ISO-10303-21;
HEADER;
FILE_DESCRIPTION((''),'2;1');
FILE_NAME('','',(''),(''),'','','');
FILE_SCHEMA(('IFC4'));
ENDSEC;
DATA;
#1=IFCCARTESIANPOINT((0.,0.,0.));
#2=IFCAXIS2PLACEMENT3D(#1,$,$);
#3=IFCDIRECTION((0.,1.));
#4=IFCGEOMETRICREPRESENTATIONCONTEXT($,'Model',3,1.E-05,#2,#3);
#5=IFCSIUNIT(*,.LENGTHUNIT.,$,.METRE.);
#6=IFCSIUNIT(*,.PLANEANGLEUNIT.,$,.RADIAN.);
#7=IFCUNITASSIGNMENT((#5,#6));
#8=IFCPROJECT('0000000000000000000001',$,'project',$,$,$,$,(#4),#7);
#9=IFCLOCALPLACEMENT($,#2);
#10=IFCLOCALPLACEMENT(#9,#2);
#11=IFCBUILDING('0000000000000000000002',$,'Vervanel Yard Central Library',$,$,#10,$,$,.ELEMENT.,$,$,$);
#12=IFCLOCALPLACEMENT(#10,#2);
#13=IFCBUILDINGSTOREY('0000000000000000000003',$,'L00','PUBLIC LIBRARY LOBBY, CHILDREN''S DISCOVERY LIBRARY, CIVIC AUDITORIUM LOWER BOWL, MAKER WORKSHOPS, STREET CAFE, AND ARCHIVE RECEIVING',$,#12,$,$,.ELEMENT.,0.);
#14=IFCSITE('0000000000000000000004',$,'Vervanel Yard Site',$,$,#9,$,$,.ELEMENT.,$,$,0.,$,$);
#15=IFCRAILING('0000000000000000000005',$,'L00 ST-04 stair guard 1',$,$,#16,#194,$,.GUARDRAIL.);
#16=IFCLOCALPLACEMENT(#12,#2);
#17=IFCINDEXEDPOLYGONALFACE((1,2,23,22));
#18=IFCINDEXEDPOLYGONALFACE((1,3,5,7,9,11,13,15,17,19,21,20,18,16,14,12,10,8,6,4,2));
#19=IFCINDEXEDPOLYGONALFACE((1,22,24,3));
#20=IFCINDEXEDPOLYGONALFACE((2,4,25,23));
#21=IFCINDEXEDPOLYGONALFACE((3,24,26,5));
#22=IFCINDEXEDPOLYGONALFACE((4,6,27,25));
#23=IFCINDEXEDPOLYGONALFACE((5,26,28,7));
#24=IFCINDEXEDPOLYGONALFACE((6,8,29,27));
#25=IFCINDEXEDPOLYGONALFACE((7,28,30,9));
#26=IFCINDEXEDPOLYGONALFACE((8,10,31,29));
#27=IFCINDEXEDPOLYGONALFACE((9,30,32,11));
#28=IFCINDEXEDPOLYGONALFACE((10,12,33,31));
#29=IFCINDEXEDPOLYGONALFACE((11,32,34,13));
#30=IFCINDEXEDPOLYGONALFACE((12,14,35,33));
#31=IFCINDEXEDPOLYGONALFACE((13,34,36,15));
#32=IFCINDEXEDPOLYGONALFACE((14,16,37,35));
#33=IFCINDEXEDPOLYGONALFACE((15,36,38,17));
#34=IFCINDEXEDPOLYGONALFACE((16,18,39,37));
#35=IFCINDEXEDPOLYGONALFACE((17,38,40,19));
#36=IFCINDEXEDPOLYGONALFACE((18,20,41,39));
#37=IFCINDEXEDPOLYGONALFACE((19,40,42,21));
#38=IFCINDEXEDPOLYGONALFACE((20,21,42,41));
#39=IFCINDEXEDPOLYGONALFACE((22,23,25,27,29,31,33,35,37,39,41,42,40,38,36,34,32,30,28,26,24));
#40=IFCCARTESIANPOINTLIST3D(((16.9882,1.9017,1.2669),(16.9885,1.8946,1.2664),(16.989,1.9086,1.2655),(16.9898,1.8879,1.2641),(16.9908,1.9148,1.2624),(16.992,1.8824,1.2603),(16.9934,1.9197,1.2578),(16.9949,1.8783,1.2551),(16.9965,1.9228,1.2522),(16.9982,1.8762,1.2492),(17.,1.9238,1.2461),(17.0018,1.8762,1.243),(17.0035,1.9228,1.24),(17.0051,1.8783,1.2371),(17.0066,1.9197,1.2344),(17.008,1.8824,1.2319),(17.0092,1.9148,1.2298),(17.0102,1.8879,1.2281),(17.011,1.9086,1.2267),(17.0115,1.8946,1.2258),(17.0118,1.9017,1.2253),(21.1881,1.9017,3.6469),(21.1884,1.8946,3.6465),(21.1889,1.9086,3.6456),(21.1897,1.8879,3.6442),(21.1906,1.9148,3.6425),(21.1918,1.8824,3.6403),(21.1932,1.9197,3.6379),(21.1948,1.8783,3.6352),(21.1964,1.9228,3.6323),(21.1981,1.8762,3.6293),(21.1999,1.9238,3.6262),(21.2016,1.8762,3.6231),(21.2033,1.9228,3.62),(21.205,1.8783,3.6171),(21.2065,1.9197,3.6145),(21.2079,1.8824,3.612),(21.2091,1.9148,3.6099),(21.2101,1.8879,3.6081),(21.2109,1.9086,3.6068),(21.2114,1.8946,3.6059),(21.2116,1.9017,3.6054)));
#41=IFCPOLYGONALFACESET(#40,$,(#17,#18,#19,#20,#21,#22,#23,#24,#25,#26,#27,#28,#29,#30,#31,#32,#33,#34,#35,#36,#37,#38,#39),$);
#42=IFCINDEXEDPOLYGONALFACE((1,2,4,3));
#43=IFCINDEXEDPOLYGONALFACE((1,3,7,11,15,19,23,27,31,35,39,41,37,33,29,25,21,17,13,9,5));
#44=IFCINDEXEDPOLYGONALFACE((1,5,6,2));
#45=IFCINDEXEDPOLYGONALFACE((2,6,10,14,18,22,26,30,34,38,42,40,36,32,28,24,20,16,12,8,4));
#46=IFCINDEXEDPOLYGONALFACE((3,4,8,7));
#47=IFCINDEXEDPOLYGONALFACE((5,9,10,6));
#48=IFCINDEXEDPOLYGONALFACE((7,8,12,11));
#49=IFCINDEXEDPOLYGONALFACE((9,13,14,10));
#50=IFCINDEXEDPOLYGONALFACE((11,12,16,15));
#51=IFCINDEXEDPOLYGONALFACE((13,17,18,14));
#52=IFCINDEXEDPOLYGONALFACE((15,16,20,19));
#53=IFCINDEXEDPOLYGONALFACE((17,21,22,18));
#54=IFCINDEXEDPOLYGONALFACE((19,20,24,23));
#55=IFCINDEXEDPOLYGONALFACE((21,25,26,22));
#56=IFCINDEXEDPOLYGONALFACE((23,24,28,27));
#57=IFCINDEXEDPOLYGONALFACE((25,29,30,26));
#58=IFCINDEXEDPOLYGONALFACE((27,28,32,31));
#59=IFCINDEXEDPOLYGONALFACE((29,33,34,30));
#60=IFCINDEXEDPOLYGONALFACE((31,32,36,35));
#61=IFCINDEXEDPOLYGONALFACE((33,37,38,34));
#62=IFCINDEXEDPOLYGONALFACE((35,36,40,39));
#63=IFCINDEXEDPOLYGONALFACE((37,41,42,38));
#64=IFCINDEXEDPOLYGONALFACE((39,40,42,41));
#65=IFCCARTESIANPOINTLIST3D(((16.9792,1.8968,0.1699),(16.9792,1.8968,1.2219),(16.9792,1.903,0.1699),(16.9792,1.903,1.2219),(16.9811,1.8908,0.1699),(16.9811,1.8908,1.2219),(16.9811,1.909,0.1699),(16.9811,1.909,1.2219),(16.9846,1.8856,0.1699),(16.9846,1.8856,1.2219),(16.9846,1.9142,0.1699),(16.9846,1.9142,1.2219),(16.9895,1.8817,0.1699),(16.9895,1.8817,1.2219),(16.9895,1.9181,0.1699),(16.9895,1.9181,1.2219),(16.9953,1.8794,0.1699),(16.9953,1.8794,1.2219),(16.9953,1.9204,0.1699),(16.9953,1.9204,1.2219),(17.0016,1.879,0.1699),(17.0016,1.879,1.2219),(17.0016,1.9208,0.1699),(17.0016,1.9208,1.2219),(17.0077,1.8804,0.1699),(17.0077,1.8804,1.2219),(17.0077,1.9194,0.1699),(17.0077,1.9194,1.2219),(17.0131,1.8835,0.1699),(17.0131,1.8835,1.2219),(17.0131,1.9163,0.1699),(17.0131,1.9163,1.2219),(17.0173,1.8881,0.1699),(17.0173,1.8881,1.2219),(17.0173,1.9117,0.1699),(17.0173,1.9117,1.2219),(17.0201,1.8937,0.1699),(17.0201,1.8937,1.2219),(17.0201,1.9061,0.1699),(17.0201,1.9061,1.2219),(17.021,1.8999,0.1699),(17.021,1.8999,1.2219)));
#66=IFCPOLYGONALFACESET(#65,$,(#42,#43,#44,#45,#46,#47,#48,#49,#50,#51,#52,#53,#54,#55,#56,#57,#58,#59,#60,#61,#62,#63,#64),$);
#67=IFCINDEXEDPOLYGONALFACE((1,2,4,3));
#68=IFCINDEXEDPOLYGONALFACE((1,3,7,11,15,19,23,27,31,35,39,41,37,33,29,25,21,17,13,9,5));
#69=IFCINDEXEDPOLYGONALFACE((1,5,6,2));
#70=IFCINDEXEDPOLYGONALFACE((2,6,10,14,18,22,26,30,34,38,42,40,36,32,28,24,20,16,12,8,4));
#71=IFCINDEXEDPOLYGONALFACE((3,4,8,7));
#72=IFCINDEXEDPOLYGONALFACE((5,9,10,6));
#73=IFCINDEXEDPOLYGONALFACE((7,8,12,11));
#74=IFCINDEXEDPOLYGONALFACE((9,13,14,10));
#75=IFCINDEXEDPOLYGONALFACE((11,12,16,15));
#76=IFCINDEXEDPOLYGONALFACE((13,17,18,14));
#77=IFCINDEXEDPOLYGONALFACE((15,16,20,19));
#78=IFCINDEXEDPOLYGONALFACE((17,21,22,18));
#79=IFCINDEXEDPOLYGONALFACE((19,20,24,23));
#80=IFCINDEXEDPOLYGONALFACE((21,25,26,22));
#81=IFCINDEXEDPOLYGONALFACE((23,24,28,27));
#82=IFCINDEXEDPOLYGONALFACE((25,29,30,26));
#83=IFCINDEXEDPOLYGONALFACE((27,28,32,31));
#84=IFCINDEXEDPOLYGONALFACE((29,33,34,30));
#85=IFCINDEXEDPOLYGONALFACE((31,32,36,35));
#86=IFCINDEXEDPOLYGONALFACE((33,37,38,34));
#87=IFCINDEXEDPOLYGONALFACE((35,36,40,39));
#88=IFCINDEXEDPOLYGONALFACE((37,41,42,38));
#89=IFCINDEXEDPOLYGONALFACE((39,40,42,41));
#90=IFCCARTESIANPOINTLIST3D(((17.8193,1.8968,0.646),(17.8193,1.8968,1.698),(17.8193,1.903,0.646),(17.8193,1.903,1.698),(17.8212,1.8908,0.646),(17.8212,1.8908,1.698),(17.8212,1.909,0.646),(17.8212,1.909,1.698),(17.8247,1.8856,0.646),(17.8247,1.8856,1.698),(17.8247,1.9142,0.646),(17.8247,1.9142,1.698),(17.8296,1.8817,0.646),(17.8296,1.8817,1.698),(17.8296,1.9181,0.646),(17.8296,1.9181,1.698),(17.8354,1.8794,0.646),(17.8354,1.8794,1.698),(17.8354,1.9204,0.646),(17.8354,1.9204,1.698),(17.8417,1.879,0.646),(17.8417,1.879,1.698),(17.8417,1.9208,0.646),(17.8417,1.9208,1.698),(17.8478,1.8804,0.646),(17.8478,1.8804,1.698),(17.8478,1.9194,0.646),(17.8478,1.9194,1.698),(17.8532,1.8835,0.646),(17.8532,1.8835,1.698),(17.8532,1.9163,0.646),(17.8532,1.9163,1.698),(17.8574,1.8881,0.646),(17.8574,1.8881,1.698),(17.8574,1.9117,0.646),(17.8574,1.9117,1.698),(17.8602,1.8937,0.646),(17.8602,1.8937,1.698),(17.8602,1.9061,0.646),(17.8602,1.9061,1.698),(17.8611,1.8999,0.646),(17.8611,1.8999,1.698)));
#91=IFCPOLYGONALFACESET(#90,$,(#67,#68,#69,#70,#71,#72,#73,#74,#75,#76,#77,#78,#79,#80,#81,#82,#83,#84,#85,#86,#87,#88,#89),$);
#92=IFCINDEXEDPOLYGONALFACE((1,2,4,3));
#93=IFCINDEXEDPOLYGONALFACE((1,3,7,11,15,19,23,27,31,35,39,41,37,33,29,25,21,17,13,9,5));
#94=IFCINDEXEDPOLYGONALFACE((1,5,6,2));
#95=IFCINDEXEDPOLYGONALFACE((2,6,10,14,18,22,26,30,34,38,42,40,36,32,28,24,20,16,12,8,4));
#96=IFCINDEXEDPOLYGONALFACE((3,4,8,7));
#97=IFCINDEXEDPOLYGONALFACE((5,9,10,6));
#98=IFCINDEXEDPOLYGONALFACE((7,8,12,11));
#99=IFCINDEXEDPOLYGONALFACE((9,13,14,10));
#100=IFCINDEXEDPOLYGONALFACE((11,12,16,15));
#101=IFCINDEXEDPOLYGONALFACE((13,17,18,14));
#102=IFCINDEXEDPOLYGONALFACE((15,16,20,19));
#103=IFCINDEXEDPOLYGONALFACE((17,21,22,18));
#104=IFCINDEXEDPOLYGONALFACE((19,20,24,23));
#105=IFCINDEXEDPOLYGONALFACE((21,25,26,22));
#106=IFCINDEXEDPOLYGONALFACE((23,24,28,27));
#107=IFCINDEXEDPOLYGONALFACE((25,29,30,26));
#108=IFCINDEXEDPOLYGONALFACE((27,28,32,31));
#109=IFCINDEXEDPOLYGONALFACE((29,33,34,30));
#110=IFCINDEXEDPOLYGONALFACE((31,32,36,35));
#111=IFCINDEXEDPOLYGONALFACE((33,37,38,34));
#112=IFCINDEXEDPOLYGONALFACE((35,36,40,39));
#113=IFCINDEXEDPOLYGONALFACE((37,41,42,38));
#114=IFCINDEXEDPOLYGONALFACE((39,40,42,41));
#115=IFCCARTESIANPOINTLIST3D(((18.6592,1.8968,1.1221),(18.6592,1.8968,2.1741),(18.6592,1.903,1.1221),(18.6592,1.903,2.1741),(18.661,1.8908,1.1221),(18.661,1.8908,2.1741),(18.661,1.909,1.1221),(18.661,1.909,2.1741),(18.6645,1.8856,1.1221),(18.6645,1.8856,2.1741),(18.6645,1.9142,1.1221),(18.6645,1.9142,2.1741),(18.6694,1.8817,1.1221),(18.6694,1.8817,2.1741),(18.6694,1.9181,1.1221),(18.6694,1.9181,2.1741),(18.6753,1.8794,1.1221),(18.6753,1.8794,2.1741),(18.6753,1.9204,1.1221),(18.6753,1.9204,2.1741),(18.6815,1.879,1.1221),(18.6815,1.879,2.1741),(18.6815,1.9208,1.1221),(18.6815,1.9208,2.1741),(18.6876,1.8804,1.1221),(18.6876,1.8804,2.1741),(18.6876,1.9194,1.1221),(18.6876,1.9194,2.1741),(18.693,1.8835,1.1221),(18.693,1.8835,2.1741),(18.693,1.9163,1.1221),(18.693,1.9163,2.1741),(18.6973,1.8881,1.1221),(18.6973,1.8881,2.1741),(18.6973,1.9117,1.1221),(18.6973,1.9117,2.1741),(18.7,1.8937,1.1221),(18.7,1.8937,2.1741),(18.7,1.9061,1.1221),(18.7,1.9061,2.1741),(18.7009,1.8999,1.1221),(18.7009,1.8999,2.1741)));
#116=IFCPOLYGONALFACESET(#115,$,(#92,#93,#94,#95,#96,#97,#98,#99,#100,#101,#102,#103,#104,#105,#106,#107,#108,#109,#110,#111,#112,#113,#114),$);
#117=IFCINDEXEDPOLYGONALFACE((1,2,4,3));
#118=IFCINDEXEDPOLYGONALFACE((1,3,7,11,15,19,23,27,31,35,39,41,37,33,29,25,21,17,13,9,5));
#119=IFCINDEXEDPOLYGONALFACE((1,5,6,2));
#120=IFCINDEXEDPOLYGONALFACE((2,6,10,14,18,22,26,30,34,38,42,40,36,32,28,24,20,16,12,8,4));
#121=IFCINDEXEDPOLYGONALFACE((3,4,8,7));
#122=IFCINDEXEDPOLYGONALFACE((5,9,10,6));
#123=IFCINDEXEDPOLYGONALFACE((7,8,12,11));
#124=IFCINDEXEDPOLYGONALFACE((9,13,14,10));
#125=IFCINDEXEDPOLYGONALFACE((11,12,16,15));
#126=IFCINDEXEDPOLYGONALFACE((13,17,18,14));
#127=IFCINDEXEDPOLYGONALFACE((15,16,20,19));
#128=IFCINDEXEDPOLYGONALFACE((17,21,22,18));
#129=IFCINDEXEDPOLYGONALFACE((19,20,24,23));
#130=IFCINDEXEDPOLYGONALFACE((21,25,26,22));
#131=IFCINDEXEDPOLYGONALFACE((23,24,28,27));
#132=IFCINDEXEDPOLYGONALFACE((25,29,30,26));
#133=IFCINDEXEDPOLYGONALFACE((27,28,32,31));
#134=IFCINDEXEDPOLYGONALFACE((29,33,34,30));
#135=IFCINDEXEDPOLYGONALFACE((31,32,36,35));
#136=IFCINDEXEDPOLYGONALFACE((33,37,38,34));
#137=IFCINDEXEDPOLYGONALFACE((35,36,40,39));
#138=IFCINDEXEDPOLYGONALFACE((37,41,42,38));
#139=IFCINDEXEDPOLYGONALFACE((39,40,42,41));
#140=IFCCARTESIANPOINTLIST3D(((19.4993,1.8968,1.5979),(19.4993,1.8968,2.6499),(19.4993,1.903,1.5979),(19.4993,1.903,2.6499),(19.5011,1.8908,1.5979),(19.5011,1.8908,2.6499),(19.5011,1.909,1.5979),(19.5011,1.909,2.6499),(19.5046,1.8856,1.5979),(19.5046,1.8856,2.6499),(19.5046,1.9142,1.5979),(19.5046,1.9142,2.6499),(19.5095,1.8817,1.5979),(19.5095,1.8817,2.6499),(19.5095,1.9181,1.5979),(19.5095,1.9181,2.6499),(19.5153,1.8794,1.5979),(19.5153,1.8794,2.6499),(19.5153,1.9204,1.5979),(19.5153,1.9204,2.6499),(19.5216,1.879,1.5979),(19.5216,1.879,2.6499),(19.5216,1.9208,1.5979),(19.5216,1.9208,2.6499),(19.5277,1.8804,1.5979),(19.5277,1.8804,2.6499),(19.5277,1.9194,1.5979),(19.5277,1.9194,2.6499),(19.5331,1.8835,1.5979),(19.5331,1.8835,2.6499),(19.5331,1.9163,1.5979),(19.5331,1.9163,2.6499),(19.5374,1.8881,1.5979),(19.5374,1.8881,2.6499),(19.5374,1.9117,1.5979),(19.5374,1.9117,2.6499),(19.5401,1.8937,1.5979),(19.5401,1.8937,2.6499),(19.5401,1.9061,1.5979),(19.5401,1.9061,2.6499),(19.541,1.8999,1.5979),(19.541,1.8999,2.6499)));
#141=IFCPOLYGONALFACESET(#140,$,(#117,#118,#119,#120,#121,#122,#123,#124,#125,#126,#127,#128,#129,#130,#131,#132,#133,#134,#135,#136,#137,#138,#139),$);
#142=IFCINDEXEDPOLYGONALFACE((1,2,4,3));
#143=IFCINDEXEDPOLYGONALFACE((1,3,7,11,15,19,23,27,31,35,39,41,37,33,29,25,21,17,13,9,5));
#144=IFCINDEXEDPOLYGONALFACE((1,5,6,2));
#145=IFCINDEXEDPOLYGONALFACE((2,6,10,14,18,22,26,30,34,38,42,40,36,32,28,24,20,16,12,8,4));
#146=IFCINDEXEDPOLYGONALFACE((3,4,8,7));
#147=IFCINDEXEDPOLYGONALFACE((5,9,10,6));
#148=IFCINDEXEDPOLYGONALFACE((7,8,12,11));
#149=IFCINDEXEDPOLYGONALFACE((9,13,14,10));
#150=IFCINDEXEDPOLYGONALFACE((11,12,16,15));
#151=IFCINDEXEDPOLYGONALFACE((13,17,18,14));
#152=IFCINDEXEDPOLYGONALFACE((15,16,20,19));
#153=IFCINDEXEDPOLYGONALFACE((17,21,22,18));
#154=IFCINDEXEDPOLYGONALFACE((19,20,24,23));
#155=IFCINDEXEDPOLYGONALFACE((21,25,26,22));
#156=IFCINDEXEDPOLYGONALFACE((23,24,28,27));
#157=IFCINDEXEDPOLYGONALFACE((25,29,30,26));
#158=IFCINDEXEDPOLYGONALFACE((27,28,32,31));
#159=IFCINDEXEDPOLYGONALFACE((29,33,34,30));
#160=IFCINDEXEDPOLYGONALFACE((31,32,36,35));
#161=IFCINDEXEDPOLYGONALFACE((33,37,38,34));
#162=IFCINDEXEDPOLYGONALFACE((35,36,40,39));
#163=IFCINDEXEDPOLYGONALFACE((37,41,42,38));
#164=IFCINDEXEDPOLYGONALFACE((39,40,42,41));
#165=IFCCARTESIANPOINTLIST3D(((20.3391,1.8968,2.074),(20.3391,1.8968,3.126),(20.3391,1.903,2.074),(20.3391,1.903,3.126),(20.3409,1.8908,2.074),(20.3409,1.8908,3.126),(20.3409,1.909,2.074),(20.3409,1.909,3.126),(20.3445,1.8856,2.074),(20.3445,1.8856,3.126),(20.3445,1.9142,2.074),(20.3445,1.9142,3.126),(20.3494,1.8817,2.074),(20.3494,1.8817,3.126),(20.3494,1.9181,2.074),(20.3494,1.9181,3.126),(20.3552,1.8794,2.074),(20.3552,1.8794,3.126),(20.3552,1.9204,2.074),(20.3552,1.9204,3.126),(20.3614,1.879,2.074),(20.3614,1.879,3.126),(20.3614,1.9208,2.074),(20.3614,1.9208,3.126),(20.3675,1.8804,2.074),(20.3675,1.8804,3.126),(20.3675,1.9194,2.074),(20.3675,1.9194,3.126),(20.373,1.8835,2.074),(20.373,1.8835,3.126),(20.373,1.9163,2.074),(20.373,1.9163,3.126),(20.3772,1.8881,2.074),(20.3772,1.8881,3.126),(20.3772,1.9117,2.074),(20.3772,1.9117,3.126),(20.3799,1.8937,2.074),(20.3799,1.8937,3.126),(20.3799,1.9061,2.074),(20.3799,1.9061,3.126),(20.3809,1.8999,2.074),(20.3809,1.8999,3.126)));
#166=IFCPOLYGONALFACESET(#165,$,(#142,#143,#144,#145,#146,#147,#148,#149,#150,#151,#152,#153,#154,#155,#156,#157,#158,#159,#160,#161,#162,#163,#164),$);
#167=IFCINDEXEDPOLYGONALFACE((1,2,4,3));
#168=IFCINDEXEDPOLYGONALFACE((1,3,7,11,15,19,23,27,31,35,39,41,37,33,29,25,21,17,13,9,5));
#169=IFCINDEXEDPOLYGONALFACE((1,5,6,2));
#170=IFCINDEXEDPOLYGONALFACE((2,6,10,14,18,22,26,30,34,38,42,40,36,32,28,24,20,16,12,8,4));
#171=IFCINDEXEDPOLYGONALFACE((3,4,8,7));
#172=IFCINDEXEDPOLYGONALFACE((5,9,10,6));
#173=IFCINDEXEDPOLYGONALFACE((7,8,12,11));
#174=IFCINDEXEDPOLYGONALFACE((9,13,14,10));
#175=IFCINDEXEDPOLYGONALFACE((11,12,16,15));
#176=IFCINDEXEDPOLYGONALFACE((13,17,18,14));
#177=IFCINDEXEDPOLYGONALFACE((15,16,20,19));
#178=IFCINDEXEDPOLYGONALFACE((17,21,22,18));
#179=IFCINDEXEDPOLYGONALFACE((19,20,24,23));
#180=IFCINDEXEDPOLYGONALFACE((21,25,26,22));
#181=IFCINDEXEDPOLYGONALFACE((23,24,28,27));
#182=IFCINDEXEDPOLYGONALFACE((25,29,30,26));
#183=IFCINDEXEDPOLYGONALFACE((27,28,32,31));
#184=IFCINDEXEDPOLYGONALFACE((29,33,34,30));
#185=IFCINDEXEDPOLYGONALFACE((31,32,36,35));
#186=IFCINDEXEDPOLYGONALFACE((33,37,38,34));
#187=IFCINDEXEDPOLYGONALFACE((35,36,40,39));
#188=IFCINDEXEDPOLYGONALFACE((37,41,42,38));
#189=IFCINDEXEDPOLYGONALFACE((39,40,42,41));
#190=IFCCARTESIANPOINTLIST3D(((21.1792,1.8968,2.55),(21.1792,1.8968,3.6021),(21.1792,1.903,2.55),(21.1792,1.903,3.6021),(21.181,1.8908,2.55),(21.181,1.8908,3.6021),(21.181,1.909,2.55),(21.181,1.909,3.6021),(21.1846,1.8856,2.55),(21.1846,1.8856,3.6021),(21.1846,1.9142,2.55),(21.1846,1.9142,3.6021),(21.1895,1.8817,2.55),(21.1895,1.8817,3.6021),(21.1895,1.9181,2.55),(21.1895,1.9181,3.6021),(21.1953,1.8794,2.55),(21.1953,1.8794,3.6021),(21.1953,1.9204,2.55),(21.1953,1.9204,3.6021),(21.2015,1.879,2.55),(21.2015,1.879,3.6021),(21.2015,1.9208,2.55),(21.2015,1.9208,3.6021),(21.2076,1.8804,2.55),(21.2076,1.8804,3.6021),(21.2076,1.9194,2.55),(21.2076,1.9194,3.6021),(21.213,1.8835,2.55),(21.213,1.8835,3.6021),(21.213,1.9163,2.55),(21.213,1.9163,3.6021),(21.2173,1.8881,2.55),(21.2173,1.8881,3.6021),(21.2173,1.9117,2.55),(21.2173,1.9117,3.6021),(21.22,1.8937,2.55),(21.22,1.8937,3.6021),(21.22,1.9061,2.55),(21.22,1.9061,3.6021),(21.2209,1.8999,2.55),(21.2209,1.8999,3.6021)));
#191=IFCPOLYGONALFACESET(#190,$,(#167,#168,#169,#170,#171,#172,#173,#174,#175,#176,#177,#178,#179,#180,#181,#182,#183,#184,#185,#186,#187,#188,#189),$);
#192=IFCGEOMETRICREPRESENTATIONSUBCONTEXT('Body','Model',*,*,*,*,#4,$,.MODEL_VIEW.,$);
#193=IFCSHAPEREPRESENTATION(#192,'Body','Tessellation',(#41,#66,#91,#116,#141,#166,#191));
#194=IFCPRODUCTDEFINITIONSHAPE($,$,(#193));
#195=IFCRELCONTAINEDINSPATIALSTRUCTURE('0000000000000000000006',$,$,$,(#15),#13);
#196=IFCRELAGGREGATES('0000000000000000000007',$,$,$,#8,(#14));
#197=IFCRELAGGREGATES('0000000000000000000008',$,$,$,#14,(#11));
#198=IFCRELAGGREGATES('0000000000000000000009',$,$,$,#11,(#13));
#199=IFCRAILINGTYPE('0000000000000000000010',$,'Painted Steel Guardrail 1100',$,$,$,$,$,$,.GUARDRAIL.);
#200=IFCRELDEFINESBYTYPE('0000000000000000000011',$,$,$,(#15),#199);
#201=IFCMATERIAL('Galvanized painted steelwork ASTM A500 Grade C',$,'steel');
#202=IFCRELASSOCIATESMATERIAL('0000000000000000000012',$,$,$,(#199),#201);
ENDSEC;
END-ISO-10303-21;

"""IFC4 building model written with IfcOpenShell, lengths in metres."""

from ifc_helpers import new_model, si_unit, direction, frame, origin, origin_2d, place, context, subcontext, project, spatial, circle, extrude, material, type_object, element, save


model = new_model("IFC4")

# Units and contexts
model_context = context("Model", 3, precision=1e-05, world=origin(), true_north=direction((0.0, 1.0)))
body_context = subcontext(model_context, "Body", "Model", "MODEL_VIEW")
ifc_project = project(units=[si_unit("LENGTHUNIT", "METRE"), si_unit("PLANEANGLEUNIT", "RADIAN")], contexts=[model_context])

# Site, building, storey
site_placement = place(None, origin())
site = spatial("IfcSite", under=ifc_project, at=site_placement, Name="Vervanel Yard Site", CompositionType="ELEMENT", RefElevation=0.0)
building_placement = place(site_placement, origin())
building = spatial("IfcBuilding", under=site, at=building_placement, Name="Vervanel Yard Central Library", CompositionType="ELEMENT")
storey_placement = place(building_placement, origin())
storey = spatial("IfcBuildingStorey", under=building, at=storey_placement, Name="L00", Description="PUBLIC LIBRARY LOBBY, CHILDREN'S DISCOVERY LIBRARY, CIVIC AUDITORIUM LOWER BOWL, MAKER WORKSHOPS, STREET CAFE, AND ARCHIVE RECEIVING", CompositionType="ELEMENT", Elevation=0.0)

# Shared definitions
ifc_material_1 = material(Name="Galvanized painted steelwork ASTM A500 Grade C", Category="steel")

# Railing
railing_type_1 = type_object("IfcRailingType", Name="Painted Steel Guardrail 1100", PredefinedType="GUARDRAIL", material=ifc_material_1)
railing_1_placement = place(storey_placement, frame((17.0, 1.8999, 0.1699)))
element("IfcRailing", 1, at=railing_1_placement, inside=storey, type_object=railing_type_1, Name="L00 ST-04 stair guard 1", PredefinedType="GUARDRAIL", context=body_context, shape_type="SweptSolid", body=[
    extrude(circle(Radius=0.0239, at=origin_2d()), frame((0.0, 0.0, 1.0762), z_axis=(0.870008, 0.0, 0.493037), x_axis=(0.0, 1.0, 0.0)), (0.0, 0.0, 1.0), 4.8274),
    extrude(circle(Radius=0.021, at=origin_2d()), origin(), (0.0, 0.0, 1.0), 1.052),
    extrude(circle(Radius=0.021, at=origin_2d()), frame((0.8401, 0.0, 0.4761)), (0.0, 0.0, 1.0), 1.052),
    extrude(circle(Radius=0.021, at=origin_2d()), frame((1.6799, 0.0, 0.9521)), (0.0, 0.0, 1.0), 1.052),
    extrude(circle(Radius=0.021, at=origin_2d()), frame((2.52, 0.0, 1.428)), (0.0, 0.0, 1.0), 1.052),
    extrude(circle(Radius=0.021, at=origin_2d()), frame((3.3599, 0.0, 1.9041)), (0.0, 0.0, 1.0), 1.052),
    extrude(circle(Radius=0.021, at=origin_2d()), frame((4.2, 0.0, 2.3801)), (0.0, 0.0, 1.0), 1.052),
])

save(model, "model.ifc")
